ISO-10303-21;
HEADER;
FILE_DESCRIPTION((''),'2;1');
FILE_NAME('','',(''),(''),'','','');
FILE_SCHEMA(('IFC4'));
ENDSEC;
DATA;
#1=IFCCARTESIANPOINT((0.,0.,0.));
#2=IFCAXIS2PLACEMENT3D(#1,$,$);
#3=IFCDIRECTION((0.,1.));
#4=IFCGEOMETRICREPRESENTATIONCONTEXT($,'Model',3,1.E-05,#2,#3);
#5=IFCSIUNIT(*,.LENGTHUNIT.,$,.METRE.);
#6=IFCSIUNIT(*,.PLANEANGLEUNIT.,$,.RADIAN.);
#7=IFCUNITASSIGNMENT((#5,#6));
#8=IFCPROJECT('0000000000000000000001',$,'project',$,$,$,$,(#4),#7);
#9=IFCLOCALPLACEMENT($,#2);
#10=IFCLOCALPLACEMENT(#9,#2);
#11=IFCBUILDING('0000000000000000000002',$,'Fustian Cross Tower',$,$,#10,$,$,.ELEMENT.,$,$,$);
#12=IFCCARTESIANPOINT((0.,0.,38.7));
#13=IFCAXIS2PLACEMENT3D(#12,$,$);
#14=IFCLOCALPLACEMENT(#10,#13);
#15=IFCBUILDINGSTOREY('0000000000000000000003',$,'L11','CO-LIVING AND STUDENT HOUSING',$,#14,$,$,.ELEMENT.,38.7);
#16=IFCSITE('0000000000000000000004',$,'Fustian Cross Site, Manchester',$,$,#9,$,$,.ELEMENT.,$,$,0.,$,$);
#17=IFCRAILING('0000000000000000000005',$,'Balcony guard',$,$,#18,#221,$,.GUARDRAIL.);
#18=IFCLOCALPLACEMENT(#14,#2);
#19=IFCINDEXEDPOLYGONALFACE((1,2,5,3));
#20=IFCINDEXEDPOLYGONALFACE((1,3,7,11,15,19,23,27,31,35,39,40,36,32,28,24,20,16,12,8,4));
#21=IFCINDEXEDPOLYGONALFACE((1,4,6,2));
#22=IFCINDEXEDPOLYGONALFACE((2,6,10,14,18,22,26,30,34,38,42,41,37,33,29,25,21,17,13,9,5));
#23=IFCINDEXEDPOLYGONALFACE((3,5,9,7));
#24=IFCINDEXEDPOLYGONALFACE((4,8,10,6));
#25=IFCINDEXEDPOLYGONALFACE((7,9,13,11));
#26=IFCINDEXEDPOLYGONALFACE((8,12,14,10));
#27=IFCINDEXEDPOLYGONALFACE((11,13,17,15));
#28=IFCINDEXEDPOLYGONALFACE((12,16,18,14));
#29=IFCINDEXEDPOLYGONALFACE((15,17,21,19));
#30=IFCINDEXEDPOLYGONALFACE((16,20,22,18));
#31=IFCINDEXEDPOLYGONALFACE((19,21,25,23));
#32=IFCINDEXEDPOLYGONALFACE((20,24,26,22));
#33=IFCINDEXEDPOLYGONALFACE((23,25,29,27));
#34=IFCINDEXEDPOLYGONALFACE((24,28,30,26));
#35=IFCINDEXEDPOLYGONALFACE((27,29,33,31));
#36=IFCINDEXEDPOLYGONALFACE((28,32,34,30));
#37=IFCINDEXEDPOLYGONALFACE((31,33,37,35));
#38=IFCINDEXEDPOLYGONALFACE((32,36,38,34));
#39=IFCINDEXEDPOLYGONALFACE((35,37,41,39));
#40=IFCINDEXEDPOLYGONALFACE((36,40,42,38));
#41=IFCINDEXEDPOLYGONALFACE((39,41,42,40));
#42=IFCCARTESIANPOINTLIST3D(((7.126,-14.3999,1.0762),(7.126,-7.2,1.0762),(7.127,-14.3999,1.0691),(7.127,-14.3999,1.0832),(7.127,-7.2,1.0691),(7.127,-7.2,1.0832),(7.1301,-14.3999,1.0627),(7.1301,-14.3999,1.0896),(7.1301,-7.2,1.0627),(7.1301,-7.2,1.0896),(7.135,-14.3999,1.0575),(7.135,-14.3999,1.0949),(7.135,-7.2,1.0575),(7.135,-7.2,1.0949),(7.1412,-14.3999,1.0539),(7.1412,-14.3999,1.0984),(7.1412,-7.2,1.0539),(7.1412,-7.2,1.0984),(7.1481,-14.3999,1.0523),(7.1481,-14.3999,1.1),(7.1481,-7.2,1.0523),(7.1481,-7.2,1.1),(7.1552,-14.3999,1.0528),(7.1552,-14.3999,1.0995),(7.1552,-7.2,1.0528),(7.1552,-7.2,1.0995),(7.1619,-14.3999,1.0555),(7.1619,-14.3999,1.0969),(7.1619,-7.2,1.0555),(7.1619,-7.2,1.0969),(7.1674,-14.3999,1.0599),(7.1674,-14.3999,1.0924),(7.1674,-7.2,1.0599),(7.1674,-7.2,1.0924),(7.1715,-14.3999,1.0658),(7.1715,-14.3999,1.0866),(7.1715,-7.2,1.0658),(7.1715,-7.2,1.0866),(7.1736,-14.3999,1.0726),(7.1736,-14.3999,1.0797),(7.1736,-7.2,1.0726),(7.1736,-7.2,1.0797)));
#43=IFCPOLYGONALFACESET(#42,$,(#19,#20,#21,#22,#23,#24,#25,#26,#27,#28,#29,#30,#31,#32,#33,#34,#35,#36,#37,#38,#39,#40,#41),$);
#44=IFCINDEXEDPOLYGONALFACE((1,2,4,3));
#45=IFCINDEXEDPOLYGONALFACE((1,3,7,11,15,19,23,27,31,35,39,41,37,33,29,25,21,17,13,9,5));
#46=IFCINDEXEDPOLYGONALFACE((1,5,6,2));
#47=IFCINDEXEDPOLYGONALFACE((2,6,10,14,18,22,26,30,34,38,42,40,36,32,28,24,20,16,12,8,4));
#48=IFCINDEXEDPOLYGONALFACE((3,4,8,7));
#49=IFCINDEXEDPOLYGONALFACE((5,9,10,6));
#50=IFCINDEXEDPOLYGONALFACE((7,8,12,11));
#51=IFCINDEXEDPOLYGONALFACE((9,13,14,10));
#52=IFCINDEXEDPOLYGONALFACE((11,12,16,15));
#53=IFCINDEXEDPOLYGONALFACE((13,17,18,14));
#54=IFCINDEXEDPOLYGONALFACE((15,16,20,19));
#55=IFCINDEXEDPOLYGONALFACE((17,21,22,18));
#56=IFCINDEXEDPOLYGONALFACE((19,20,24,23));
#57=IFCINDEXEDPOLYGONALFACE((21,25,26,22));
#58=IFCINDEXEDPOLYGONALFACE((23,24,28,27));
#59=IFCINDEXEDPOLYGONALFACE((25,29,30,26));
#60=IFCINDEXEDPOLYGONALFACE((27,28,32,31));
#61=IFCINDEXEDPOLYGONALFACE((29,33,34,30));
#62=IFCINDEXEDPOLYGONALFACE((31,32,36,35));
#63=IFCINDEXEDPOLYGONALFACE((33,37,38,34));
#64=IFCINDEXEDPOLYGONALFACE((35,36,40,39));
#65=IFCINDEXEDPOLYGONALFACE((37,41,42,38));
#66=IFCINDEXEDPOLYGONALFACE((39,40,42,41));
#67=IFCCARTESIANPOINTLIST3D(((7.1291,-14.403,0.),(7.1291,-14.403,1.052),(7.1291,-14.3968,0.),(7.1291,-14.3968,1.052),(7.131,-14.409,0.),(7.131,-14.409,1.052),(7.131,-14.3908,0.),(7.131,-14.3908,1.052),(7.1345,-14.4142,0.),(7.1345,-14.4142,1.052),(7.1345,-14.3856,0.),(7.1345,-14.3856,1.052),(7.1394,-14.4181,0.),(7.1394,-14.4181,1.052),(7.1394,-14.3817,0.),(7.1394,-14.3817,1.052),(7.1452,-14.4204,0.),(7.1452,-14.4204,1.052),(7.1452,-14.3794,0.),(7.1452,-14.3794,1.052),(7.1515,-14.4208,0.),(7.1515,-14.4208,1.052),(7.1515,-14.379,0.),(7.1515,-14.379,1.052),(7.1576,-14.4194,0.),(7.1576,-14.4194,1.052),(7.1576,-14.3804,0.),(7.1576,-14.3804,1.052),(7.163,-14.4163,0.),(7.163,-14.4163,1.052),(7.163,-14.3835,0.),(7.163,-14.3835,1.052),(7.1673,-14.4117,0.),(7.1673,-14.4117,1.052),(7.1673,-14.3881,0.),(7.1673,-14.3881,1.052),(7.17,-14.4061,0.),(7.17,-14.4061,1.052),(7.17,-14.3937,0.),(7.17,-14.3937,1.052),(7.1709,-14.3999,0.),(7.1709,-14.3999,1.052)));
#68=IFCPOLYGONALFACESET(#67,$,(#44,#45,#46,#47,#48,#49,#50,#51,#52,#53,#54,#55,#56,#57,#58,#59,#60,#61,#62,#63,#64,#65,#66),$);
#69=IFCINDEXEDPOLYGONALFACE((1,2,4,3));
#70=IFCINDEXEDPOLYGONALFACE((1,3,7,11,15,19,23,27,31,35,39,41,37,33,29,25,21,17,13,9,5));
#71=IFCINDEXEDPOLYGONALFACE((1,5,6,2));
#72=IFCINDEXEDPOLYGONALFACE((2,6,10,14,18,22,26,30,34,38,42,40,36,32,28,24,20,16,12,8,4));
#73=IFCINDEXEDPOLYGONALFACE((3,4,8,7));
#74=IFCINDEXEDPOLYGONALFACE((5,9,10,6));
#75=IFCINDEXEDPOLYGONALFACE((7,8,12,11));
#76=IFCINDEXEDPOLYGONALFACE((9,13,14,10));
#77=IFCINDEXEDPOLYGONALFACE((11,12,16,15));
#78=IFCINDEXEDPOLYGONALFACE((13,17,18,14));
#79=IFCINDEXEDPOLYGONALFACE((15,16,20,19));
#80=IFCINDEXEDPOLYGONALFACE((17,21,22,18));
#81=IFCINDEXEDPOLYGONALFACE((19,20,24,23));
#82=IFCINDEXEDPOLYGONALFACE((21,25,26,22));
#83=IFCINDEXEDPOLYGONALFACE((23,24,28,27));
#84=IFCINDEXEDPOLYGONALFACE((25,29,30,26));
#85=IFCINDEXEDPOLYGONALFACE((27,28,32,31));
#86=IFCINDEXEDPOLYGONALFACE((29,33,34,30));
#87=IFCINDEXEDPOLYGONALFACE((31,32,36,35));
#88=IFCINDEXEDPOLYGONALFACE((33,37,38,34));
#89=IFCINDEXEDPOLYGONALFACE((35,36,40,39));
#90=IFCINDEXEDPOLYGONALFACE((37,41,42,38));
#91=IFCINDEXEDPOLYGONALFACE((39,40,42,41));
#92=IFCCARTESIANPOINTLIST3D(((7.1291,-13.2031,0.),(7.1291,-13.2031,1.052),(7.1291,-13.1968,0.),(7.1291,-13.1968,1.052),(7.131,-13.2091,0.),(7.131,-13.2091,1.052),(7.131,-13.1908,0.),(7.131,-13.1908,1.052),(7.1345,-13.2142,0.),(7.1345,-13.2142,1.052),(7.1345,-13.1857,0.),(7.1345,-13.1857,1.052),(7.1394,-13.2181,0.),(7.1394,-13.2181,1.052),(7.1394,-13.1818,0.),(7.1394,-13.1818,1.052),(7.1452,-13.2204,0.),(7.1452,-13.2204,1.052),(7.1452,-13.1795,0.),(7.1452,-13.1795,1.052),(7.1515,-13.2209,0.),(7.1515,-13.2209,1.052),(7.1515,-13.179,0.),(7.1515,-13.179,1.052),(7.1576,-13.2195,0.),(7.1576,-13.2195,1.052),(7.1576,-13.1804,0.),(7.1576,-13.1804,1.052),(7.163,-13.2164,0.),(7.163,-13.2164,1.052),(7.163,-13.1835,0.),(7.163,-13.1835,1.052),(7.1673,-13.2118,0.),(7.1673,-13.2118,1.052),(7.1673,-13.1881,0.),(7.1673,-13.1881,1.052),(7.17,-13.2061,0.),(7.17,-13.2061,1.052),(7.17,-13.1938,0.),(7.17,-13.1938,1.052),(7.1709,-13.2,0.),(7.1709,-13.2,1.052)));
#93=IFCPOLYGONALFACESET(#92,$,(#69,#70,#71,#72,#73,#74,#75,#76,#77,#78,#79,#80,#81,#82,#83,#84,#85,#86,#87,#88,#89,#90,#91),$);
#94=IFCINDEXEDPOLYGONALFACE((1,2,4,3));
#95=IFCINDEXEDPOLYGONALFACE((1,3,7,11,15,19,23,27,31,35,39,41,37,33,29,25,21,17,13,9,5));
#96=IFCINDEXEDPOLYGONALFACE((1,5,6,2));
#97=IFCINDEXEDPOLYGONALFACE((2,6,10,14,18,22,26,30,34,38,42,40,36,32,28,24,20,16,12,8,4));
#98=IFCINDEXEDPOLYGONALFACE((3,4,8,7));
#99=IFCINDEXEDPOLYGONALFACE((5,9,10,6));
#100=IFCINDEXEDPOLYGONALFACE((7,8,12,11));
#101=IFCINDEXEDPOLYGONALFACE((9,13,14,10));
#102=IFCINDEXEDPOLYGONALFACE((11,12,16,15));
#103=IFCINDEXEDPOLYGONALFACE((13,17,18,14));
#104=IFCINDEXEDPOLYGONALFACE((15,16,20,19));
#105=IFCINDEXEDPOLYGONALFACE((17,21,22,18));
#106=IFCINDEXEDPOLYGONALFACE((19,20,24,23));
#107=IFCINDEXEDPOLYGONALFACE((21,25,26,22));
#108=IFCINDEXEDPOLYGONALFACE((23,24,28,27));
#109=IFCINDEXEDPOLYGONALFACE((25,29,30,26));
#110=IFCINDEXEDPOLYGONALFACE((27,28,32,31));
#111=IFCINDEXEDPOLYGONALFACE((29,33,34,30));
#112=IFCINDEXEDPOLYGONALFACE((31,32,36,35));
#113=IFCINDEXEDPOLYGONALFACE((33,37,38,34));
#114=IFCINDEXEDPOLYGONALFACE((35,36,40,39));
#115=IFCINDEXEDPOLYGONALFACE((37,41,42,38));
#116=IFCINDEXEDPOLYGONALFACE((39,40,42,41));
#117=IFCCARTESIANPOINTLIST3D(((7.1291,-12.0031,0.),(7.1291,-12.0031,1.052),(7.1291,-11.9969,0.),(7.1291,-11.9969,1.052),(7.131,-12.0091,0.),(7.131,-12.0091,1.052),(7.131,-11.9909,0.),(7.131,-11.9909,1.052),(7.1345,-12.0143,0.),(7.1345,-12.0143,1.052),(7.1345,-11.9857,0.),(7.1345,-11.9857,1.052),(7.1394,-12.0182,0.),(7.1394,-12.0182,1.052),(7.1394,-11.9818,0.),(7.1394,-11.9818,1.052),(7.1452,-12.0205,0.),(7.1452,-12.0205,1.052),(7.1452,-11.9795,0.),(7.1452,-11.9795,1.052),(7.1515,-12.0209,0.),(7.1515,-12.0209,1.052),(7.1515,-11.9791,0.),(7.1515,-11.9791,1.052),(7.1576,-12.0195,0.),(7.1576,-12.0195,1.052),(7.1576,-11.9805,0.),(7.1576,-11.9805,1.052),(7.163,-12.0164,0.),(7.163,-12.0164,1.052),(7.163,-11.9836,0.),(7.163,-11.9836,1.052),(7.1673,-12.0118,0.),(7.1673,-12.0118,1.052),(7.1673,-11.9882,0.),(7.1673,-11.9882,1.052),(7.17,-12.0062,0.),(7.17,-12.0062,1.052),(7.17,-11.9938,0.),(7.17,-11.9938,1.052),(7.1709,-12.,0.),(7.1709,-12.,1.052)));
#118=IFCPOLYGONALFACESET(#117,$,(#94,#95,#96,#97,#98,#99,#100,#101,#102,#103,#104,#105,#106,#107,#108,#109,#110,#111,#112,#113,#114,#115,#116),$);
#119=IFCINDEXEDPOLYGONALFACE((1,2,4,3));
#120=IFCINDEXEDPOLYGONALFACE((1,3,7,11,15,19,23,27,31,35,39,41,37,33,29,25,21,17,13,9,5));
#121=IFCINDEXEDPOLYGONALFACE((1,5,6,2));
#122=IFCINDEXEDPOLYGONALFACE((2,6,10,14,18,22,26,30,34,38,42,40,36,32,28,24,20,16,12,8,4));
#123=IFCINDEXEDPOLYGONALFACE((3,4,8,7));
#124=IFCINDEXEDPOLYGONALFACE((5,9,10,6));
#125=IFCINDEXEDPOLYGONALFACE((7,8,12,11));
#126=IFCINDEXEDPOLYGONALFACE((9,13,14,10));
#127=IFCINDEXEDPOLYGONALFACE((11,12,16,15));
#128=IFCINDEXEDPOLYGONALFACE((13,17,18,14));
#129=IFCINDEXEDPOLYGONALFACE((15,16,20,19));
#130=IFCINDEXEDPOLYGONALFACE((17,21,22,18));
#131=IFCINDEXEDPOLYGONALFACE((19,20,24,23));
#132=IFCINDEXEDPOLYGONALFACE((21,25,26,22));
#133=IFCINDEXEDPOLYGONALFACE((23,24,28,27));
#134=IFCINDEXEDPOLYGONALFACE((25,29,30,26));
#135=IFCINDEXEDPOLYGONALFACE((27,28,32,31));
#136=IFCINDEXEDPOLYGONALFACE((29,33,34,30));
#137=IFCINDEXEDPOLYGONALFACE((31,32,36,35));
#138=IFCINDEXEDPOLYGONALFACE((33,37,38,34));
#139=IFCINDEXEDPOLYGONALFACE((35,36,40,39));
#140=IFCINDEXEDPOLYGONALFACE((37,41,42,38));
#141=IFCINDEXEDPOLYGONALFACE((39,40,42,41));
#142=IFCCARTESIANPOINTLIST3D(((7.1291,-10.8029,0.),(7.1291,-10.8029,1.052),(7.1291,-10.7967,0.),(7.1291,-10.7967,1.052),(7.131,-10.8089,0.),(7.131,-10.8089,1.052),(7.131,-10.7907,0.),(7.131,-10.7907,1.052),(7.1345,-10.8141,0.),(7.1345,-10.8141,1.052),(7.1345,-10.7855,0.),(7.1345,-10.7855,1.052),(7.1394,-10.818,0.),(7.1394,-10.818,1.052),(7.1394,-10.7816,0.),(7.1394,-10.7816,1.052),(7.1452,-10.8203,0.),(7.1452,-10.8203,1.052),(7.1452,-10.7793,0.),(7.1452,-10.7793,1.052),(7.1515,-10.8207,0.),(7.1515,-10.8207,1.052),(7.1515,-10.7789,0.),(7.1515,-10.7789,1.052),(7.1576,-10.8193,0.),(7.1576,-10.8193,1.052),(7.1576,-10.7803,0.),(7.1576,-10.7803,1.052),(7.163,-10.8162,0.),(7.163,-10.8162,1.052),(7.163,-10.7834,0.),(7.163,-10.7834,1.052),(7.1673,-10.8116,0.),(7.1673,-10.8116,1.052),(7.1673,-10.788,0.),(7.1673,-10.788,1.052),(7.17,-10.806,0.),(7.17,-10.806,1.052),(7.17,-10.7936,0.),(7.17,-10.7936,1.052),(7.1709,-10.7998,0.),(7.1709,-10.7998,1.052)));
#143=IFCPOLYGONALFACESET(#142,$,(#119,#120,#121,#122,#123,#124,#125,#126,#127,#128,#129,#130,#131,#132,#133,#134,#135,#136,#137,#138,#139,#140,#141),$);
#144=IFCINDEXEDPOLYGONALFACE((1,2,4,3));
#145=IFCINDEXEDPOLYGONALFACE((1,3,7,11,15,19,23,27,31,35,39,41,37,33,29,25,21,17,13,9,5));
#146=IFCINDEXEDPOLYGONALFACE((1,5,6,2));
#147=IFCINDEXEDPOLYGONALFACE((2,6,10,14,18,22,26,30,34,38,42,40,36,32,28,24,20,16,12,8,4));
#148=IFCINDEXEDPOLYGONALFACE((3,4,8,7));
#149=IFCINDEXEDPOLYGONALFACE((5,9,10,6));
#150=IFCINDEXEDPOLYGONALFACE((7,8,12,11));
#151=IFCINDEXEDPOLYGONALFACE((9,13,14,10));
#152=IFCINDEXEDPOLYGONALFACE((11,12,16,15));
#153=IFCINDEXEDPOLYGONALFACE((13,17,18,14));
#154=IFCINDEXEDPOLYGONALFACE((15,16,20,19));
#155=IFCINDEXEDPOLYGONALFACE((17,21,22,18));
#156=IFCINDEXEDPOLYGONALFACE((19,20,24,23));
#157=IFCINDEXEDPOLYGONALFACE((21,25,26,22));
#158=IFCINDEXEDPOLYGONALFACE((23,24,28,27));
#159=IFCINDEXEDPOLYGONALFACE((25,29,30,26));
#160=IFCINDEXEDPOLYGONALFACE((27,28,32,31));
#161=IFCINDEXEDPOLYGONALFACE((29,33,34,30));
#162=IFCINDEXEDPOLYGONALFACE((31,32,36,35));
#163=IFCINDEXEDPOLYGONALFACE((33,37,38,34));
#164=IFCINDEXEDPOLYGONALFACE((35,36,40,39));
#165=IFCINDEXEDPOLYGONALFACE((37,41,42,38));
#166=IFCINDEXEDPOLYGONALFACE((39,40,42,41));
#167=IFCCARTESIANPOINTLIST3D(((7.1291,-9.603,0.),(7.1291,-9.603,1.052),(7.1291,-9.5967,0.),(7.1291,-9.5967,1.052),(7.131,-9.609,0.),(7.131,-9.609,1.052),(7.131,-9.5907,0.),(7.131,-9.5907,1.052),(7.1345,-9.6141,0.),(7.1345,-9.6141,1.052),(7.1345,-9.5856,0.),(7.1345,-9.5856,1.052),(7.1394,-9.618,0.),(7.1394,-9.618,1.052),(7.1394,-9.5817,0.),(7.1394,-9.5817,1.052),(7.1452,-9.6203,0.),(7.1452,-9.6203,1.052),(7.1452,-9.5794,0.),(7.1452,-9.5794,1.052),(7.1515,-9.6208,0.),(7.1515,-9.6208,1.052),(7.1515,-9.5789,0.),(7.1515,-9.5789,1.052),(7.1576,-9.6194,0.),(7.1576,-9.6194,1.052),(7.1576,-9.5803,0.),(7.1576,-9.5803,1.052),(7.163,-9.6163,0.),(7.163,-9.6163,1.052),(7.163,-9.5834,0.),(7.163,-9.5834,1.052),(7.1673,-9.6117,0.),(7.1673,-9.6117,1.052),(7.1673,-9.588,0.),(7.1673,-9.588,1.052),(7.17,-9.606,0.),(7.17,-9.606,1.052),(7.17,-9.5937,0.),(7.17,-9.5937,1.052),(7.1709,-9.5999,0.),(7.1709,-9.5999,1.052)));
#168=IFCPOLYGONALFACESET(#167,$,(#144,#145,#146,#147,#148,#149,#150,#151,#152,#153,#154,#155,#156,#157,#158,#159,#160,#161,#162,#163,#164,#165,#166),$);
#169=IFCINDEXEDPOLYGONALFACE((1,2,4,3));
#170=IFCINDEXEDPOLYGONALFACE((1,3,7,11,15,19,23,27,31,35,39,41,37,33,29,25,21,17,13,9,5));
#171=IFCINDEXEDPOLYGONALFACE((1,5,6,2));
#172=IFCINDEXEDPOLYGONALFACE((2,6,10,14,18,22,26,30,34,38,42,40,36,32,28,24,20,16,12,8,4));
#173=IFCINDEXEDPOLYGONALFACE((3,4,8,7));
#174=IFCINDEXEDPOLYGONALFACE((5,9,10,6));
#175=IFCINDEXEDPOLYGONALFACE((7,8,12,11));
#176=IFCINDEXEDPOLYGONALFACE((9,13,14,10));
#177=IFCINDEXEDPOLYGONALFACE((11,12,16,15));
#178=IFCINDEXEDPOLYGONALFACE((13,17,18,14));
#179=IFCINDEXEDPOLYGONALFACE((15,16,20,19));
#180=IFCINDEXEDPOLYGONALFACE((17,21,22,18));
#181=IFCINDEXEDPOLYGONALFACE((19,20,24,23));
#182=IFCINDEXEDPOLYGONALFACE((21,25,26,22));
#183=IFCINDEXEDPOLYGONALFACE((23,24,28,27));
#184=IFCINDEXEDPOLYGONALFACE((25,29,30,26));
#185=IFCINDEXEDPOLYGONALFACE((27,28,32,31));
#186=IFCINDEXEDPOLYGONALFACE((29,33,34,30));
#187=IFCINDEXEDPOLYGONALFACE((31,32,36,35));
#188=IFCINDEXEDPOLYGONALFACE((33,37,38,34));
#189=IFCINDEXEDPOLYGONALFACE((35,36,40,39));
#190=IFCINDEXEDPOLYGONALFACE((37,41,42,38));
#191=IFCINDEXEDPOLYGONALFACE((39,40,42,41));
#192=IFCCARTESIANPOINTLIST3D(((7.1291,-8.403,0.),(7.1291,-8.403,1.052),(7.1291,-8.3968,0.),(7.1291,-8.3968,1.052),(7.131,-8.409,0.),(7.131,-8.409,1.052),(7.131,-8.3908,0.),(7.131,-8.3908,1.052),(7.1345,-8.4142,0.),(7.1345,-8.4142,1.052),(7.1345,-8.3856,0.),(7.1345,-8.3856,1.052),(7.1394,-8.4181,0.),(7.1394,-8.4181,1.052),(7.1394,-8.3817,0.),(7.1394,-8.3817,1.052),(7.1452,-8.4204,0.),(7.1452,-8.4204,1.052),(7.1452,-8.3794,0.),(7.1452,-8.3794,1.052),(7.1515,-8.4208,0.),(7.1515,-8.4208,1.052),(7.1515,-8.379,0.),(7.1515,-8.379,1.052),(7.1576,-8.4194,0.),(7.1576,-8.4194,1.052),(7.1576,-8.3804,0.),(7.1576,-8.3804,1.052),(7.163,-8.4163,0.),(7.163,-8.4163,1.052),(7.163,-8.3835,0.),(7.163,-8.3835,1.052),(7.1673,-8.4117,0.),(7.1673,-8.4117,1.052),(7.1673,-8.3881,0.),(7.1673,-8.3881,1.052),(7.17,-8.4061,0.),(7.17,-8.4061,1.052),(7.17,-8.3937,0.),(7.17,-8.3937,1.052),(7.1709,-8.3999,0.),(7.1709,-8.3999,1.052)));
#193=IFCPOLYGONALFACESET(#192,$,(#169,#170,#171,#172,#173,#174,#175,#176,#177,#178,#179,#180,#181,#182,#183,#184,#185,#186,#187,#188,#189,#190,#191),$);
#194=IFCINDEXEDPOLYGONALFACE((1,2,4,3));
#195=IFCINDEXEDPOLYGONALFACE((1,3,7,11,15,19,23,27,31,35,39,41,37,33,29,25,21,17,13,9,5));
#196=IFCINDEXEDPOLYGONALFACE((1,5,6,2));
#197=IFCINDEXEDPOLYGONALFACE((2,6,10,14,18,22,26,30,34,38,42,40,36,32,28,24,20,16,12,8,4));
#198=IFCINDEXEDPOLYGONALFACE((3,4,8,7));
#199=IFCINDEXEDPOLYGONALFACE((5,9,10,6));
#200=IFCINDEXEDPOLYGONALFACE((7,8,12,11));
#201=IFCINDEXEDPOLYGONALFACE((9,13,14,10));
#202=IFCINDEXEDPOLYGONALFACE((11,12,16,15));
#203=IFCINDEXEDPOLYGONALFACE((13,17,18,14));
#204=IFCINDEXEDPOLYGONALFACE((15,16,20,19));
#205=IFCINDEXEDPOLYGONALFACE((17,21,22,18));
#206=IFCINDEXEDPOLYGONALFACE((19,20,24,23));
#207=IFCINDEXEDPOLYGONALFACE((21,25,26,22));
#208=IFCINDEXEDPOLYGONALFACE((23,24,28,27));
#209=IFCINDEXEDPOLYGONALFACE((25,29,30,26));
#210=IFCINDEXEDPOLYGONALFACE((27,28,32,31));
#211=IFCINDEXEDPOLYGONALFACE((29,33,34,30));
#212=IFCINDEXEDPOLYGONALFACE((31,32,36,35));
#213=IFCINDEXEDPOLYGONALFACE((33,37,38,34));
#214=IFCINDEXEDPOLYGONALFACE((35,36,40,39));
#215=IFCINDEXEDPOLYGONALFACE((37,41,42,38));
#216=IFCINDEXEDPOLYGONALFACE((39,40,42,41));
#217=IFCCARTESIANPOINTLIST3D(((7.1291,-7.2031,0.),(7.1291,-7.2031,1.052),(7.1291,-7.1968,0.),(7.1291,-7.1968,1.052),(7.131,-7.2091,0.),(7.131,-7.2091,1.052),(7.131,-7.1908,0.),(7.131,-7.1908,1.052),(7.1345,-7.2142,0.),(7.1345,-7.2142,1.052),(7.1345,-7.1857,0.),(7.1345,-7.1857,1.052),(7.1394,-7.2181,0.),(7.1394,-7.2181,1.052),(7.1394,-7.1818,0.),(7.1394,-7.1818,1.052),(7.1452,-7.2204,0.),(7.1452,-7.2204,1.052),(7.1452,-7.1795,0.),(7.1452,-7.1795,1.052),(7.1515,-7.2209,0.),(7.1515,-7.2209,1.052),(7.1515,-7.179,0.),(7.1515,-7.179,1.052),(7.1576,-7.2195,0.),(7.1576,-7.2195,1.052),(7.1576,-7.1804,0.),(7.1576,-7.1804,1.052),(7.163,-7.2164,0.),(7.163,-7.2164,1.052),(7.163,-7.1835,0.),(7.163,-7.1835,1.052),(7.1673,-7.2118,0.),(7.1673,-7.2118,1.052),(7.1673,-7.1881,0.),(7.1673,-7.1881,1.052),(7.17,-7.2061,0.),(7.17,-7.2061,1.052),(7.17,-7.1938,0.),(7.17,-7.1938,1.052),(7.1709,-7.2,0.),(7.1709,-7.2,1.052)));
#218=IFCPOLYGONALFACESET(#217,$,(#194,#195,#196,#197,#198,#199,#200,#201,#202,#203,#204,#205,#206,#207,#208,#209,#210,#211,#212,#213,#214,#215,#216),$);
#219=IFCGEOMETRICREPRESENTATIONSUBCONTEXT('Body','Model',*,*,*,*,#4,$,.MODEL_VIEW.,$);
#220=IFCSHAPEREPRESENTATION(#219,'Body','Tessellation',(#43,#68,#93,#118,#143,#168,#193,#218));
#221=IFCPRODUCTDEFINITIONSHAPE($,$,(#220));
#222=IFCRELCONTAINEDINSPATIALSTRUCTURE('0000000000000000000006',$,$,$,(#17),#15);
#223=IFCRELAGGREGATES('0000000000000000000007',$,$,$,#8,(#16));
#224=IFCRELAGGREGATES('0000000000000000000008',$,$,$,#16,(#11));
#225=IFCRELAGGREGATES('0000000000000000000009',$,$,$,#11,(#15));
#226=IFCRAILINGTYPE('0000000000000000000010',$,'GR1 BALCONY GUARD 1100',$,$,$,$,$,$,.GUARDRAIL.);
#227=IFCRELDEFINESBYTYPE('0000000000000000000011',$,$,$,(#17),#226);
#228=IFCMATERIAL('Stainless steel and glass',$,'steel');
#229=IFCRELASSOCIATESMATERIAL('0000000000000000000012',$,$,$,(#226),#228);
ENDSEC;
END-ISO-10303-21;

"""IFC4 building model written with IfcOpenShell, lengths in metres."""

from ifc_helpers import new_model, si_unit, direction, frame, origin, origin_2d, place, context, subcontext, project, spatial, circle, extrude, material, type_object, element, save


model = new_model("IFC4")

# Units and contexts
model_context = context("Model", 3, precision=1e-05, world=origin(), true_north=direction((0.0, 1.0)))
body_context = subcontext(model_context, "Body", "Model", "MODEL_VIEW")
ifc_project = project(units=[si_unit("LENGTHUNIT", "METRE"), si_unit("PLANEANGLEUNIT", "RADIAN")], contexts=[model_context])

# Site, building, storey
site_placement = place(None, origin())
site = spatial("IfcSite", under=ifc_project, at=site_placement, Name="Fustian Cross Site, Manchester", CompositionType="ELEMENT", RefElevation=0.0)
building_placement = place(site_placement, origin())
building = spatial("IfcBuilding", under=site, at=building_placement, Name="Fustian Cross Tower", CompositionType="ELEMENT")
storey_placement = place(building_placement, frame((0.0, 0.0, 38.7)))
storey = spatial("IfcBuildingStorey", under=building, at=storey_placement, Name="L11", Description="CO-LIVING AND STUDENT HOUSING", CompositionType="ELEMENT", Elevation=38.7)

# Railing
ifc_material_1 = material(Name="Stainless steel and glass", Category="steel")
railing_type = type_object("IfcRailingType", Name="GR1 BALCONY GUARD 1100", PredefinedType="GUARDRAIL", material=ifc_material_1)
railing_placement = place(storey_placement, frame((7.1499, -14.3999, 0.0)))
element("IfcRailing", 1, at=railing_placement, inside=storey, type_object=railing_type, Name="Balcony guard", PredefinedType="GUARDRAIL", context=body_context, shape_type="SweptSolid", body=[
    extrude(circle(Radius=0.0239, at=origin_2d()), frame((0.0, 0.0, 1.0762), z_axis=(0.0, 1.0, 0.0), x_axis=(-1.0, 0.0, 0.0)), (0.0, 0.0, 1.0), 7.2),
    extrude(circle(Radius=0.021, at=origin_2d()), origin(), (0.0, 0.0, 1.0), 1.052),
    extrude(circle(Radius=0.021, at=origin_2d()), frame((0.0, 1.2, 0.0)), (0.0, 0.0, 1.0), 1.052),
    extrude(circle(Radius=0.021, at=origin_2d()), frame((0.0, 2.3999, 0.0)), (0.0, 0.0, 1.0), 1.052),
    extrude(circle(Radius=0.021, at=origin_2d()), frame((0.0, 3.6001, 0.0)), (0.0, 0.0, 1.0), 1.052),
    extrude(circle(Radius=0.021, at=origin_2d()), frame((0.0, 4.8, 0.0)), (0.0, 0.0, 1.0), 1.052),
    extrude(circle(Radius=0.021, at=origin_2d()), frame((0.0, 6.0, 0.0)), (0.0, 0.0, 1.0), 1.052),
    extrude(circle(Radius=0.021, at=origin_2d()), frame((0.0, 7.2, 0.0)), (0.0, 0.0, 1.0), 1.052),
])

save(model, "model.ifc")
